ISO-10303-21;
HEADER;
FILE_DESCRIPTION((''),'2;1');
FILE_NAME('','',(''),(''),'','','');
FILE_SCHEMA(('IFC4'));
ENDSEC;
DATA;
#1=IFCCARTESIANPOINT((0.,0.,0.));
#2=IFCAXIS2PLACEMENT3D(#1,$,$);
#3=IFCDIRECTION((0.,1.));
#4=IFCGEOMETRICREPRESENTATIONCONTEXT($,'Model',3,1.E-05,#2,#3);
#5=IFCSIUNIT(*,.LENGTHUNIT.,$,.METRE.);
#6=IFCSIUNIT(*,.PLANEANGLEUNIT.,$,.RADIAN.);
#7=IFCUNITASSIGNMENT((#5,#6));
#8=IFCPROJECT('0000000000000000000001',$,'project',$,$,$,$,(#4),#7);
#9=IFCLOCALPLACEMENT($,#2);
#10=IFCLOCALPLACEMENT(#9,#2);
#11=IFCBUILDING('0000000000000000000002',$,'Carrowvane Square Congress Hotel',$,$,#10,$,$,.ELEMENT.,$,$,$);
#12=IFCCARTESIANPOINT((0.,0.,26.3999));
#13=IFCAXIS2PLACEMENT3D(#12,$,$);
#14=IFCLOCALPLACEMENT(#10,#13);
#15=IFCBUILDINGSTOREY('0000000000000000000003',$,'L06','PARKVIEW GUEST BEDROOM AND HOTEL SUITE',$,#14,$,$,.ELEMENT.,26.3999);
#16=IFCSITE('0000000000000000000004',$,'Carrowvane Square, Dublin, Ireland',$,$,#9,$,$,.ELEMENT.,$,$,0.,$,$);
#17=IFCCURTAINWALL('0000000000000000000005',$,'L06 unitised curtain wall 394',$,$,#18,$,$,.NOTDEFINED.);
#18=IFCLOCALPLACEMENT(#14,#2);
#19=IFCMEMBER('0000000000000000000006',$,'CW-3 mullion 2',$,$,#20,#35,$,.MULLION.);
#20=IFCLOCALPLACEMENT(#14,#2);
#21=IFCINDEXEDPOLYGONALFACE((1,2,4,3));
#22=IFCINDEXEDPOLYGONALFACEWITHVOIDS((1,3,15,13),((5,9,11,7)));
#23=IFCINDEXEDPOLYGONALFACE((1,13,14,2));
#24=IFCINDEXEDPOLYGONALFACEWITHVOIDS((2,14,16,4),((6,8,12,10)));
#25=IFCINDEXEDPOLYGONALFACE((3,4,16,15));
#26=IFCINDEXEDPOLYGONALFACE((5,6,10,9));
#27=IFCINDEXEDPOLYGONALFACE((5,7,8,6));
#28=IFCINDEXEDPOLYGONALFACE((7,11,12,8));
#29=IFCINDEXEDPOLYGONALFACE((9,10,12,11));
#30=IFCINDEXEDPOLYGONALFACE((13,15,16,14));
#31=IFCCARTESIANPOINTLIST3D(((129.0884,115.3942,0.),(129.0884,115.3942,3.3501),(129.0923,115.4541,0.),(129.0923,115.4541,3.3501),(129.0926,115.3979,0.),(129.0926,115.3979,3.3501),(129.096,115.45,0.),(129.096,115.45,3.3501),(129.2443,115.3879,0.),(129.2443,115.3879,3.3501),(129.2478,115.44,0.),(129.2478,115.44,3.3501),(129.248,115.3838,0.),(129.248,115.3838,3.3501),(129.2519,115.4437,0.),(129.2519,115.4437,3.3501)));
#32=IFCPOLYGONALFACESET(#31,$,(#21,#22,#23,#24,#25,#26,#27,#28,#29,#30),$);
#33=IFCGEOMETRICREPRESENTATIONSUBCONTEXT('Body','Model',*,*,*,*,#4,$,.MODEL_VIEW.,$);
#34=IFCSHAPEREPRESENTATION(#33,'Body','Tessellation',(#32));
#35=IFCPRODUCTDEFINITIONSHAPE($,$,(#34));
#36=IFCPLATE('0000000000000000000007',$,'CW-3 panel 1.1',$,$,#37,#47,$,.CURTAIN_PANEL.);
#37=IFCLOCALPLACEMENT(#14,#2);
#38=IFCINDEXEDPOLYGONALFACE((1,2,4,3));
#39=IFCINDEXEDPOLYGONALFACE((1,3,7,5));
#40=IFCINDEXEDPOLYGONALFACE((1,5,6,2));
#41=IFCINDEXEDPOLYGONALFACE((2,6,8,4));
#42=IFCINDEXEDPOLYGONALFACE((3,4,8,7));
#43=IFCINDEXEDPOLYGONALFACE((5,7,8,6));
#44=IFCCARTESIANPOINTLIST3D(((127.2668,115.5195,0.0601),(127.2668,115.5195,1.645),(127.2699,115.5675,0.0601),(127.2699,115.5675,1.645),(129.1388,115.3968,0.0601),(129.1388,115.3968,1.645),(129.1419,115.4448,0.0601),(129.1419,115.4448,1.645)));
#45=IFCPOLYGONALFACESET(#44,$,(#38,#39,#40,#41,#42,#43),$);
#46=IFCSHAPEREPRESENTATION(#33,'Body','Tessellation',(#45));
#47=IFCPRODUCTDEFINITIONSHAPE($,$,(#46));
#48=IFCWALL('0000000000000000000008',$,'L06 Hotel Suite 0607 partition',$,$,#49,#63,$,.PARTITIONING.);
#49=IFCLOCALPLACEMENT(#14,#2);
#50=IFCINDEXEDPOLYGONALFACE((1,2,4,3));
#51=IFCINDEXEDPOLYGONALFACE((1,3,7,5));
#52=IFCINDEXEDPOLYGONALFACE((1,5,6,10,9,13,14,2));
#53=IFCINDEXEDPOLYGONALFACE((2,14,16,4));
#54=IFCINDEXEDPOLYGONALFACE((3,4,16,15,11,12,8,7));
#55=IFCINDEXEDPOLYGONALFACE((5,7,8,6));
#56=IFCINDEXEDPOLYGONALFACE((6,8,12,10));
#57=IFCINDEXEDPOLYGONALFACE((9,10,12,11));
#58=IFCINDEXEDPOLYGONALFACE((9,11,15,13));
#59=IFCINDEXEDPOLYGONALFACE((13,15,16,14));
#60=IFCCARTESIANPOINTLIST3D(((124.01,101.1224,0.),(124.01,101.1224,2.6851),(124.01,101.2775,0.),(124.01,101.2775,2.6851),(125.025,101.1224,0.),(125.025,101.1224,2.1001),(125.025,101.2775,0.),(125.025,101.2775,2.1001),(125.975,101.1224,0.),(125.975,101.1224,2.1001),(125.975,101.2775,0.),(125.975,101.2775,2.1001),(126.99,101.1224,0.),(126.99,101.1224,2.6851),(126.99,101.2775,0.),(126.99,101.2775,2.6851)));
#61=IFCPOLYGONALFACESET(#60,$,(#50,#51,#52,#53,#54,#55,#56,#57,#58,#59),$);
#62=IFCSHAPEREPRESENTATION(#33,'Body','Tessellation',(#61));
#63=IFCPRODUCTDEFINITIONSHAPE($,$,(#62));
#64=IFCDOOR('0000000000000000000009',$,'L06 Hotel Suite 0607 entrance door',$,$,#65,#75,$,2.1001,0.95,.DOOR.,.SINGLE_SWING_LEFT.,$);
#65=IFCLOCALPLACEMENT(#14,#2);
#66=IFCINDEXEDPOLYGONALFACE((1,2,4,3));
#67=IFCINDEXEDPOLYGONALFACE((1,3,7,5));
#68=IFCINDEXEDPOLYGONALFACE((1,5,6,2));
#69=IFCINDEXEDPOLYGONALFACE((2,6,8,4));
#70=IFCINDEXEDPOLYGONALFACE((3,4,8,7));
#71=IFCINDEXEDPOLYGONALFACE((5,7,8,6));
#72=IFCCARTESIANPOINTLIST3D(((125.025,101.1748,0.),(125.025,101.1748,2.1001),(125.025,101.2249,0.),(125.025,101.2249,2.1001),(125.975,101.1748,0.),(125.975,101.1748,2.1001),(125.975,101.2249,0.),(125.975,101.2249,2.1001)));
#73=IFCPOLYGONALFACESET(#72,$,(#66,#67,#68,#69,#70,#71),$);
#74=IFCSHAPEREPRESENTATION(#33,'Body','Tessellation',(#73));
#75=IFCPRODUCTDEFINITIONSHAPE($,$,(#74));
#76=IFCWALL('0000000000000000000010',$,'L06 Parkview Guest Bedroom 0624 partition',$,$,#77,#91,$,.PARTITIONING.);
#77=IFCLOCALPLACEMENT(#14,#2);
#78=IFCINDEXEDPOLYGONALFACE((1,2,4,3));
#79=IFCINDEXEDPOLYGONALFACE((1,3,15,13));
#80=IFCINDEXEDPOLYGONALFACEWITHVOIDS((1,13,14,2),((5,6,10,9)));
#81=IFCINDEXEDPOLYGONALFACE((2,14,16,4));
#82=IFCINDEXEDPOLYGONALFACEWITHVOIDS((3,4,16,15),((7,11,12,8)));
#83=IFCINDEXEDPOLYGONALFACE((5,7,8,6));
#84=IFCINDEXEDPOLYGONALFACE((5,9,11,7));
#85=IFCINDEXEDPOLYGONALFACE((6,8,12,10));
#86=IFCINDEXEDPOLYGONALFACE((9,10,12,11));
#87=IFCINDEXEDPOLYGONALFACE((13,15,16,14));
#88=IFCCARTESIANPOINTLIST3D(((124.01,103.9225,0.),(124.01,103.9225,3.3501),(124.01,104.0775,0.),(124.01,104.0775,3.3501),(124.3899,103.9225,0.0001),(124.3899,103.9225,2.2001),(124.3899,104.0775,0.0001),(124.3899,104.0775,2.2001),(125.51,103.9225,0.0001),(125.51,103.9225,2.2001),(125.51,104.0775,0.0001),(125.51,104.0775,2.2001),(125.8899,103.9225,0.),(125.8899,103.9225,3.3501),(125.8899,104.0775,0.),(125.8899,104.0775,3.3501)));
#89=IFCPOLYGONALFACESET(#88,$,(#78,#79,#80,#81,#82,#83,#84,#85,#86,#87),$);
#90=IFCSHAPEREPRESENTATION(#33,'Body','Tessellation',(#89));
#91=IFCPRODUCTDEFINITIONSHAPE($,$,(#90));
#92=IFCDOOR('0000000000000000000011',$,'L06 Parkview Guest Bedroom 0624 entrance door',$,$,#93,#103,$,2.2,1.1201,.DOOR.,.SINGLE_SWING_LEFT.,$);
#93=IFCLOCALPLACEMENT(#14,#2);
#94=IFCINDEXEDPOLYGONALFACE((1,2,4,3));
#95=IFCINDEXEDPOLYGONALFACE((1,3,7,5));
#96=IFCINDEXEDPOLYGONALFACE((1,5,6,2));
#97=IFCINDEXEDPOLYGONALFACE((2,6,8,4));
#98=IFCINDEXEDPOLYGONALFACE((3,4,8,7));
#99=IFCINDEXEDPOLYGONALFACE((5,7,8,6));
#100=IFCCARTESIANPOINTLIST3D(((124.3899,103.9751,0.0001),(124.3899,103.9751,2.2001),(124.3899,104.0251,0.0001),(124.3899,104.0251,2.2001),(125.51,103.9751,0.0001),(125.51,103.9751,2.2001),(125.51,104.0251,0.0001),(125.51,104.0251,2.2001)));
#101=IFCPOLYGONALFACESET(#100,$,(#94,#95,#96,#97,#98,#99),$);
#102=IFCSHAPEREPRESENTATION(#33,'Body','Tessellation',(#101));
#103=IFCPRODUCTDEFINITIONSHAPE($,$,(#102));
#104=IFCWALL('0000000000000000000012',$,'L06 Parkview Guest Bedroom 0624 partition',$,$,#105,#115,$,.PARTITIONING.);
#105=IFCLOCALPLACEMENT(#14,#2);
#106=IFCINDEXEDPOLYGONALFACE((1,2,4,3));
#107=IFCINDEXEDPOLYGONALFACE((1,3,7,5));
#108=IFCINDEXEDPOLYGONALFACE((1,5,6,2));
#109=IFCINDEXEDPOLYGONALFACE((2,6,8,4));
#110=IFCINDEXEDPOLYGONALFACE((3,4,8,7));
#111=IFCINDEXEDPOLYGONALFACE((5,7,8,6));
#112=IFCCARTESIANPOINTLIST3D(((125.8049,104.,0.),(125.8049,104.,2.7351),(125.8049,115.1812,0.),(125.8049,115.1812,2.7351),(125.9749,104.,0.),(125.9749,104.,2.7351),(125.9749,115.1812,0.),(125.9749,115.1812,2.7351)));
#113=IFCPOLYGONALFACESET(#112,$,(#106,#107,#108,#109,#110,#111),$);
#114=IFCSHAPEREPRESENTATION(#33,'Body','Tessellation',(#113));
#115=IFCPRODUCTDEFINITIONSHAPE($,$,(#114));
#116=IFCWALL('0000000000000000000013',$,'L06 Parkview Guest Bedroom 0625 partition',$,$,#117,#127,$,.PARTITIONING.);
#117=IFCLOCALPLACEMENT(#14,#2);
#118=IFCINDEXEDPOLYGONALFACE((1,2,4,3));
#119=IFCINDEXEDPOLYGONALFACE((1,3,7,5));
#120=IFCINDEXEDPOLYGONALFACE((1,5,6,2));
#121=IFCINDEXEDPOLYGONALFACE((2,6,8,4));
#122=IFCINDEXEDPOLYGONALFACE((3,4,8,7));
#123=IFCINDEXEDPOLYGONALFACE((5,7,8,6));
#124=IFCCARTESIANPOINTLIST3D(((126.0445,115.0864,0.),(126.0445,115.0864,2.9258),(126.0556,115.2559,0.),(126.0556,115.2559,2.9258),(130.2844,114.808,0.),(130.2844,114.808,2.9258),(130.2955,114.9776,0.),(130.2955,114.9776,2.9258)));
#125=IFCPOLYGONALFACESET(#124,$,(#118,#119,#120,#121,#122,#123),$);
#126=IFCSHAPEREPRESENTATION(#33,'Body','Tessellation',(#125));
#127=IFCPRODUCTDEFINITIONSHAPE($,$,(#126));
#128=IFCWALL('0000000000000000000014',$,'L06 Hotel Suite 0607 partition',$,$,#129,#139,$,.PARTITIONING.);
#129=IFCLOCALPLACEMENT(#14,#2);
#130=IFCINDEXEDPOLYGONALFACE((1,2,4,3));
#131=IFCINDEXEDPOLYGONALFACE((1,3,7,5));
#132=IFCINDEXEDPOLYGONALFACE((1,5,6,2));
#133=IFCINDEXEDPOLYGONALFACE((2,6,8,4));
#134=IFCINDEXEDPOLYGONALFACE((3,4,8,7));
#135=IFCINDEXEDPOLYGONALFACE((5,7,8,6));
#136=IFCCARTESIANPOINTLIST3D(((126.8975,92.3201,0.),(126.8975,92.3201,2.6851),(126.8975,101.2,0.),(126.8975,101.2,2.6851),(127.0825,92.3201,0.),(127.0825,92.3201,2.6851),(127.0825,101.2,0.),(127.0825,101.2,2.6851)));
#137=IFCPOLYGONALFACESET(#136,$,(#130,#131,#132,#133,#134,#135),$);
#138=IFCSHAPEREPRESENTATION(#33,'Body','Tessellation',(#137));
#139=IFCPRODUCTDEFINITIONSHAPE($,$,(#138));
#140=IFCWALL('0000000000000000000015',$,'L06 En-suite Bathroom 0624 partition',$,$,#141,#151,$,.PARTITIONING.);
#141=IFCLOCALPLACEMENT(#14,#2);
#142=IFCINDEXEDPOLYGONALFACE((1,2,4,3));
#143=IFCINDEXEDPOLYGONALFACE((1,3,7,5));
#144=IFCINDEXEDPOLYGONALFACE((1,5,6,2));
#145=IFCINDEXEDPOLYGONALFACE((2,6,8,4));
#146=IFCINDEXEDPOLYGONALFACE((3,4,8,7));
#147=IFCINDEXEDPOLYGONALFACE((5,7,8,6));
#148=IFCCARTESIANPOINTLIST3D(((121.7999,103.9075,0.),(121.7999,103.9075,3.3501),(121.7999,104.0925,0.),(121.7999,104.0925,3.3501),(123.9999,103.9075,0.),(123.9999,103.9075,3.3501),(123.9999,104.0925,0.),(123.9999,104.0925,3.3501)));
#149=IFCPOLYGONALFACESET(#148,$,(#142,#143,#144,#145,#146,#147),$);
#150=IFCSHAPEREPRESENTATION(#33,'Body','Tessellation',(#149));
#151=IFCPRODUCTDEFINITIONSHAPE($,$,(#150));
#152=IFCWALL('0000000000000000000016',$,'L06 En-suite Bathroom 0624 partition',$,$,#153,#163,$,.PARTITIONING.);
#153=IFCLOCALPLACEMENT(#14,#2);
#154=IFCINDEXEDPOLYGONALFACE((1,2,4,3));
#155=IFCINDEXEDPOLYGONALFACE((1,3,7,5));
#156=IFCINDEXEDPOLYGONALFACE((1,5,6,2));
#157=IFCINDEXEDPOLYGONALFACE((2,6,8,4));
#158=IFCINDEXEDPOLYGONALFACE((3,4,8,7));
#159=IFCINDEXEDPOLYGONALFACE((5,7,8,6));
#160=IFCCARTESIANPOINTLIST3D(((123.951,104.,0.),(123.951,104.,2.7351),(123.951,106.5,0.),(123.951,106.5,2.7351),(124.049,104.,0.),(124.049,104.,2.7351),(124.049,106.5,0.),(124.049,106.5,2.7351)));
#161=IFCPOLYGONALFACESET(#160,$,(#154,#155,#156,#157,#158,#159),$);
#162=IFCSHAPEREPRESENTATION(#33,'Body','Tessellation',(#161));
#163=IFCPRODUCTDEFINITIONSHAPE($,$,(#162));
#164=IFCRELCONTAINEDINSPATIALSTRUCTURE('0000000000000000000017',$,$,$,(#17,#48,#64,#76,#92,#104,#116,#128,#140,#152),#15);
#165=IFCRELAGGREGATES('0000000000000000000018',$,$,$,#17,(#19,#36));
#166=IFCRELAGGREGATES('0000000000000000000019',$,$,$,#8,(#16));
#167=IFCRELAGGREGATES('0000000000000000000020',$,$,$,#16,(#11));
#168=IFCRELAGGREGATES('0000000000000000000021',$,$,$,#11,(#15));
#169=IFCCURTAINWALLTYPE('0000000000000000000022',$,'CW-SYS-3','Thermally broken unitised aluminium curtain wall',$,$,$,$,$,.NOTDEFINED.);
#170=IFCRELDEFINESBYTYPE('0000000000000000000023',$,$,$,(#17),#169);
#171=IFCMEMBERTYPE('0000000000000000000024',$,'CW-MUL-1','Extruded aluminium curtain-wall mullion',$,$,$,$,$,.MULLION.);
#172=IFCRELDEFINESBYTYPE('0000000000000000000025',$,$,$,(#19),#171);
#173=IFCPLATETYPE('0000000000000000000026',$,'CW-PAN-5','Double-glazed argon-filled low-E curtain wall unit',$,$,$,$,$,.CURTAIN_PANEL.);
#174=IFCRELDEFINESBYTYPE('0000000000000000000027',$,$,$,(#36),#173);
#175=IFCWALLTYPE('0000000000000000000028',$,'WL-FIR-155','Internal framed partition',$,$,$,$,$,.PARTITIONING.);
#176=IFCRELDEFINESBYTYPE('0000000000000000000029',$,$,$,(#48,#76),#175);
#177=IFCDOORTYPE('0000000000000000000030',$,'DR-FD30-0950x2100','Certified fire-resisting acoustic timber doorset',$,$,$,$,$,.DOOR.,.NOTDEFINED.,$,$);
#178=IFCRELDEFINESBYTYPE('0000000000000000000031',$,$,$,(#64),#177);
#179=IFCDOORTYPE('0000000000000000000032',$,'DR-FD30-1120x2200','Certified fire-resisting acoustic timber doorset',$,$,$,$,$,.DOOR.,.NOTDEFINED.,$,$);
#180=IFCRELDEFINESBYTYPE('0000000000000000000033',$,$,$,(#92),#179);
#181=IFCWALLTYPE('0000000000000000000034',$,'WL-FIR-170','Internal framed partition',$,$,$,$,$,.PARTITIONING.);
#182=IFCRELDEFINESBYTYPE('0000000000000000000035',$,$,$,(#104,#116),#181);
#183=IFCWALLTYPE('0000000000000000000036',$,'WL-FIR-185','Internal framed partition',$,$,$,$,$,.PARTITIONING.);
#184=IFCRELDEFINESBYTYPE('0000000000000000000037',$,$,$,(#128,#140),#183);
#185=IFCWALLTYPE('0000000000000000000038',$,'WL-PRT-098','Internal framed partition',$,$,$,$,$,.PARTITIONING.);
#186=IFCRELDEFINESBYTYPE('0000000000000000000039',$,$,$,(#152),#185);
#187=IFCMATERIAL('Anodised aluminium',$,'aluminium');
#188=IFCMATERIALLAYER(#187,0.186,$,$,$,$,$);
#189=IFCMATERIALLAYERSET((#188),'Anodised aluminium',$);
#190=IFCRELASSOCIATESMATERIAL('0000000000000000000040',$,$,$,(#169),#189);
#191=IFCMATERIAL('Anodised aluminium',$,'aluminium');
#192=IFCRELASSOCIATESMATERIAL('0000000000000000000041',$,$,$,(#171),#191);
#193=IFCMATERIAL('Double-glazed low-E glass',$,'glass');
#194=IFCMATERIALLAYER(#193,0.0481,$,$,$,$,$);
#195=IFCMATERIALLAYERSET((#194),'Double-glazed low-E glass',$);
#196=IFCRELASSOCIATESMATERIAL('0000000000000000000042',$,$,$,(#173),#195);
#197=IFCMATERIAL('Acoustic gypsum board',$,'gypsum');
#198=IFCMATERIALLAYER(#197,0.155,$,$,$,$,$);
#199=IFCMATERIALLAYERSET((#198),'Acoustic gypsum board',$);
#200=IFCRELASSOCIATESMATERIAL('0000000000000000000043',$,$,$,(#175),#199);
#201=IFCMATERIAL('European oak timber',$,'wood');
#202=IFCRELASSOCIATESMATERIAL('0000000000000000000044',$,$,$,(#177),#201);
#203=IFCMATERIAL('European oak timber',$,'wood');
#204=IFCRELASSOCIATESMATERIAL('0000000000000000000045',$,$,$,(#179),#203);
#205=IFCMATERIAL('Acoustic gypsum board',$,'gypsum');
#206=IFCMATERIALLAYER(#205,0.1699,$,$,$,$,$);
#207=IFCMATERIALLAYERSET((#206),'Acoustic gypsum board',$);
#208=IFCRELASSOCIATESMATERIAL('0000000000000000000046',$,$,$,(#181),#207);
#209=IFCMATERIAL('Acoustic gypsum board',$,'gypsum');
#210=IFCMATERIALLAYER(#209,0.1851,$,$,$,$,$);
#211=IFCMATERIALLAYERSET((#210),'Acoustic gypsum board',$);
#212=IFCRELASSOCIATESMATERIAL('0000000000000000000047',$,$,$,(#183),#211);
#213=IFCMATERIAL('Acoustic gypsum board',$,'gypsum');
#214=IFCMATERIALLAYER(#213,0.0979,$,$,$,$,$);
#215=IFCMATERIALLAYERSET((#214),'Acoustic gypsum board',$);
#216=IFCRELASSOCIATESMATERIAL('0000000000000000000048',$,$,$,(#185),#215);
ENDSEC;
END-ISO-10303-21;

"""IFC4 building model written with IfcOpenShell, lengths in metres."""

from ifc_helpers import new_model, si_unit, direction, frame, frame_2d, origin, origin_2d, place, context, subcontext, project, spatial, rectangle, hollow_rectangle, extrude, material, layer, layer_set, material_profile, profile_set, type_object, element, fill, aggregate, save


model = new_model("IFC4")

# Units and contexts
model_context = context("Model", 3, precision=1e-05, world=origin(), true_north=direction((0.0, 1.0)))
body_context = subcontext(model_context, "Body", "Model", "MODEL_VIEW")
ifc_project = project(units=[si_unit("LENGTHUNIT", "METRE"), si_unit("PLANEANGLEUNIT", "RADIAN")], contexts=[model_context])

# Site, building, storey
site_placement = place(None, origin())
site = spatial("IfcSite", under=ifc_project, at=site_placement, Name="Carrowvane Square, Dublin, Ireland", CompositionType="ELEMENT", RefElevation=0.0)
building_placement = place(site_placement, origin())
building = spatial("IfcBuilding", under=site, at=building_placement, Name="Carrowvane Square Congress Hotel", CompositionType="ELEMENT")
storey_placement = place(building_placement, frame((0.0, 0.0, 26.3999)))
storey = spatial("IfcBuildingStorey", under=building, at=storey_placement, Name="L06", Description="PARKVIEW GUEST BEDROOM AND HOTEL SUITE", CompositionType="ELEMENT", Elevation=26.3999)

# Curtain wall, member, plate
ifc_material_1 = material(Name="Anodised aluminium", Category="aluminium")
ifc_layer_1 = layer(ifc_material_1, 0.186)
ifc_layer_set_1 = layer_set([ifc_layer_1], Name="Anodised aluminium")
curtain_wall_type = type_object("IfcCurtainWallType", Name="CW-SYS-3", Description="Thermally broken unitised aluminium curtain wall", PredefinedType="NOTDEFINED", material=ifc_layer_set_1)
curtain_wall_placement = place(storey_placement, origin())
curtain_wall = element("IfcCurtainWall", 1, at=curtain_wall_placement, inside=storey, type_object=curtain_wall_type, Name="L06 unitised curtain wall 394", PredefinedType="NOTDEFINED")
ifc_material_2 = material(Name="Anodised aluminium", Category="aluminium")
ifc_material_profile_1 = material_profile(ifc_material_2, hollow_rectangle(XDim=0.0601, YDim=0.1599, WallThickness=0.0039, at=origin_2d()), Name="CW-ML 60x160x4")
ifc_profile_set_1 = profile_set([ifc_material_profile_1], Name="Anodised aluminium")
member_type = type_object("IfcMemberType", Name="CW-MUL-1", Description="Extruded aluminium curtain-wall mullion", PredefinedType="MULLION", material=ifc_profile_set_1)
member_placement = place(storey_placement, frame((129.1702, 115.4189, 0.0), z_axis=(0.0, 0.0, 1.0), x_axis=(0.065414, 0.997858, 0.0)))
member = element("IfcMember", 2, at=member_placement, type_object=member_type, Name="CW-3 mullion 2", PredefinedType="MULLION", context=body_context, shape_type="SweptSolid", body=[
    extrude(hollow_rectangle(XDim=0.0601, YDim=0.1599, WallThickness=0.0039, at=origin_2d()), origin(), (0.0, 0.0, 1.0), 3.3501),
])
ifc_material_3 = material(Name="Double-glazed low-E glass", Category="glass")
ifc_layer_2 = layer(ifc_material_3, 0.0481)
ifc_layer_set_2 = layer_set([ifc_layer_2], Name="Double-glazed low-E glass")
plate_type = type_object("IfcPlateType", Name="CW-PAN-5", Description="Double-glazed argon-filled low-E curtain wall unit", PredefinedType="CURTAIN_PANEL", material=ifc_layer_set_2)
plate_placement = place(storey_placement, frame((128.2043, 115.4822, 0.0601), z_axis=(0.0, 0.0, 1.0), x_axis=(0.997858, -0.065414, 0.0)))
plate = element("IfcPlate", 3, at=plate_placement, type_object=plate_type, Name="CW-3 panel 1.1", PredefinedType="CURTAIN_PANEL", context=body_context, shape_type="SweptSolid", body=[
    extrude(rectangle(XDim=1.876, YDim=0.0481, at=origin_2d()), origin(), (0.0, 0.0, 1.0), 1.585),
])
aggregate(curtain_wall, [member, plate])

# Walls, openings, doors
ifc_material_4 = material(Name="Acoustic gypsum board", Category="gypsum")
ifc_layer_3 = layer(ifc_material_4, 0.155)
ifc_layer_set_3 = layer_set([ifc_layer_3], Name="Acoustic gypsum board")
wall_type_1 = type_object("IfcWallType", Name="WL-FIR-155", Description="Internal framed partition", PredefinedType="PARTITIONING", material=ifc_layer_set_3)
wall_1_placement = place(storey_placement, frame((124.01, 101.2, 0.0), z_axis=(0.0, 0.0, 1.0), x_axis=(1.0, 0.0, 0.0)))
wall_1 = element("IfcWall", 4, at=wall_1_placement, inside=storey, type_object=wall_type_1, Name="L06 Hotel Suite 0607 partition", PredefinedType="PARTITIONING", context=body_context, shape_type="SweptSolid", body=[
    extrude(rectangle(XDim=2.98, YDim=0.155, at=frame_2d((1.49, 0.0))), origin(), (0.0, 0.0, 1.0), 2.6851),
])
opening_1_placement = place(wall_1_placement, frame((1.0149, 0.0, 0.0)))
opening_1 = element("IfcOpeningElement", 5, at=opening_1_placement, cuts=wall_1, PredefinedType="OPENING", context=body_context, shape_type="SweptSolid", body=[
    extrude(rectangle(XDim=0.95, YDim=2.1001, at=frame_2d((0.4751, 1.05))), frame((0.0, 0.0874, 0.0), z_axis=(0.0, -1.0, 0.0), x_axis=(1.0, 0.0, 0.0)), (0.0, 0.0, 1.0), 0.175),
])
ifc_material_5 = material(Name="European oak timber", Category="wood")
door_type_1 = type_object("IfcDoorType", Name="DR-FD30-0950x2100", Description="Certified fire-resisting acoustic timber doorset", OperationType="NOTDEFINED", PredefinedType="DOOR", material=ifc_material_5)
door_1_placement = place(opening_1_placement, origin())
door_1 = element("IfcDoor", 6, at=door_1_placement, inside=storey, type_object=door_type_1, Name="L06 Hotel Suite 0607 entrance door", OperationType="SINGLE_SWING_LEFT", OverallHeight=2.1001, OverallWidth=0.95, PredefinedType="DOOR", context=body_context, shape_type="SweptSolid", body=[
    extrude(rectangle(XDim=0.95, YDim=2.1001, at=frame_2d((0.4751, 1.05))), frame((0.0, 0.0249, 0.0), z_axis=(0.0, -1.0, 0.0), x_axis=(1.0, 0.0, 0.0)), (0.0, 0.0, 1.0), 0.05),
])
fill(opening_1, door_1)
wall_2_placement = place(storey_placement, frame((125.8899, 104.0, 0.0), z_axis=(0.0, 0.0, 1.0), x_axis=(-1.0, 0.0, 0.0)))
wall_2 = element("IfcWall", 7, at=wall_2_placement, inside=storey, type_object=wall_type_1, Name="L06 Parkview Guest Bedroom 0624 partition", PredefinedType="PARTITIONING", context=body_context, shape_type="SweptSolid", body=[
    extrude(rectangle(XDim=1.8799, YDim=0.155, at=frame_2d((0.9399, 0.0))), origin(), (0.0, 0.0, 1.0), 3.3501),
])
opening_2_placement = place(wall_2_placement, frame((0.3799, 0.0, 0.0)))
opening_2 = element("IfcOpeningElement", 8, at=opening_2_placement, cuts=wall_2, PredefinedType="OPENING", context=body_context, shape_type="SweptSolid", body=[
    extrude(rectangle(XDim=1.1201, YDim=2.2, at=frame_2d((0.5601, 1.1001))), frame((0.0, 0.0874, 0.0), z_axis=(0.0, -1.0, 0.0), x_axis=(1.0, 0.0, 0.0)), (0.0, 0.0, 1.0), 0.175),
])
ifc_material_6 = material(Name="European oak timber", Category="wood")
door_type_2 = type_object("IfcDoorType", Name="DR-FD30-1120x2200", Description="Certified fire-resisting acoustic timber doorset", OperationType="NOTDEFINED", PredefinedType="DOOR", material=ifc_material_6)
door_2_placement = place(opening_2_placement, origin())
door_2 = element("IfcDoor", 9, at=door_2_placement, inside=storey, type_object=door_type_2, Name="L06 Parkview Guest Bedroom 0624 entrance door", OperationType="SINGLE_SWING_LEFT", OverallHeight=2.2, OverallWidth=1.1201, PredefinedType="DOOR", context=body_context, shape_type="SweptSolid", body=[
    extrude(rectangle(XDim=1.1201, YDim=2.2, at=frame_2d((0.5601, 1.1001))), frame((0.0, 0.0249, 0.0), z_axis=(0.0, -1.0, 0.0), x_axis=(1.0, 0.0, 0.0)), (0.0, 0.0, 1.0), 0.05),
])
fill(opening_2, door_2)

# Walls
ifc_material_7 = material(Name="Acoustic gypsum board", Category="gypsum")
ifc_layer_4 = layer(ifc_material_7, 0.1699)
ifc_layer_set_4 = layer_set([ifc_layer_4], Name="Acoustic gypsum board")
wall_type_2 = type_object("IfcWallType", Name="WL-FIR-170", Description="Internal framed partition", PredefinedType="PARTITIONING", material=ifc_layer_set_4)
wall_3_placement = place(storey_placement, frame((125.8899, 115.1812, 0.0), z_axis=(0.0, 0.0, 1.0), x_axis=(0.0, -1.0, 0.0)))
element("IfcWall", 10, at=wall_3_placement, inside=storey, type_object=wall_type_2, Name="L06 Parkview Guest Bedroom 0624 partition", PredefinedType="PARTITIONING", context=body_context, shape_type="SweptSolid", body=[
    extrude(rectangle(XDim=11.1812, YDim=0.1699, at=frame_2d((5.5906, 0.0))), origin(), (0.0, 0.0, 1.0), 2.7351),
])
wall_4_placement = place(storey_placement, frame((126.05, 115.1711, 0.0), z_axis=(0.0, 0.0, 1.0), x_axis=(0.997853, -0.065501, 0.0)))
element("IfcWall", 11, at=wall_4_placement, inside=storey, type_object=wall_type_2, Name="L06 Parkview Guest Bedroom 0625 partition", PredefinedType="PARTITIONING", context=body_context, shape_type="SweptSolid", body=[
    extrude(rectangle(XDim=4.249, YDim=0.1699, at=frame_2d((2.1245, 0.0))), origin(), (0.0, 0.0, 1.0), 2.9258),
])
ifc_material_8 = material(Name="Acoustic gypsum board", Category="gypsum")
ifc_layer_5 = layer(ifc_material_8, 0.1851)
ifc_layer_set_5 = layer_set([ifc_layer_5], Name="Acoustic gypsum board")
wall_type_3 = type_object("IfcWallType", Name="WL-FIR-185", Description="Internal framed partition", PredefinedType="PARTITIONING", material=ifc_layer_set_5)
wall_5_placement = place(storey_placement, frame((126.99, 101.2, 0.0), z_axis=(0.0, 0.0, 1.0), x_axis=(0.0, -1.0, 0.0)))
element("IfcWall", 12, at=wall_5_placement, inside=storey, type_object=wall_type_3, Name="L06 Hotel Suite 0607 partition", PredefinedType="PARTITIONING", context=body_context, shape_type="SweptSolid", body=[
    extrude(rectangle(XDim=8.8799, YDim=0.1851, at=frame_2d((4.4399, 0.0))), origin(), (0.0, 0.0, 1.0), 2.6851),
])
wall_6_placement = place(storey_placement, frame((124.0, 104.0, 0.0), z_axis=(0.0, 0.0, 1.0), x_axis=(-1.0, 0.0, 0.0)))
element("IfcWall", 13, at=wall_6_placement, inside=storey, type_object=wall_type_3, Name="L06 En-suite Bathroom 0624 partition", PredefinedType="PARTITIONING", context=body_context, shape_type="SweptSolid", body=[
    extrude(rectangle(XDim=2.2, YDim=0.1851, at=frame_2d((1.1001, 0.0))), origin(), (0.0, 0.0, 1.0), 3.3501),
])
ifc_material_9 = material(Name="Acoustic gypsum board", Category="gypsum")
ifc_layer_6 = layer(ifc_material_9, 0.0979)
ifc_layer_set_6 = layer_set([ifc_layer_6], Name="Acoustic gypsum board")
wall_type_4 = type_object("IfcWallType", Name="WL-PRT-098", Description="Internal framed partition", PredefinedType="PARTITIONING", material=ifc_layer_set_6)
wall_7_placement = place(storey_placement, frame((124.0, 106.5, 0.0), z_axis=(0.0, 0.0, 1.0), x_axis=(0.0, -1.0, 0.0)))
element("IfcWall", 14, at=wall_7_placement, inside=storey, type_object=wall_type_4, Name="L06 En-suite Bathroom 0624 partition", PredefinedType="PARTITIONING", context=body_context, shape_type="SweptSolid", body=[
    extrude(rectangle(XDim=2.5, YDim=0.0979, at=frame_2d((1.25, 0.0))), origin(), (0.0, 0.0, 1.0), 2.7351),
])

save(model, "model.ifc")
